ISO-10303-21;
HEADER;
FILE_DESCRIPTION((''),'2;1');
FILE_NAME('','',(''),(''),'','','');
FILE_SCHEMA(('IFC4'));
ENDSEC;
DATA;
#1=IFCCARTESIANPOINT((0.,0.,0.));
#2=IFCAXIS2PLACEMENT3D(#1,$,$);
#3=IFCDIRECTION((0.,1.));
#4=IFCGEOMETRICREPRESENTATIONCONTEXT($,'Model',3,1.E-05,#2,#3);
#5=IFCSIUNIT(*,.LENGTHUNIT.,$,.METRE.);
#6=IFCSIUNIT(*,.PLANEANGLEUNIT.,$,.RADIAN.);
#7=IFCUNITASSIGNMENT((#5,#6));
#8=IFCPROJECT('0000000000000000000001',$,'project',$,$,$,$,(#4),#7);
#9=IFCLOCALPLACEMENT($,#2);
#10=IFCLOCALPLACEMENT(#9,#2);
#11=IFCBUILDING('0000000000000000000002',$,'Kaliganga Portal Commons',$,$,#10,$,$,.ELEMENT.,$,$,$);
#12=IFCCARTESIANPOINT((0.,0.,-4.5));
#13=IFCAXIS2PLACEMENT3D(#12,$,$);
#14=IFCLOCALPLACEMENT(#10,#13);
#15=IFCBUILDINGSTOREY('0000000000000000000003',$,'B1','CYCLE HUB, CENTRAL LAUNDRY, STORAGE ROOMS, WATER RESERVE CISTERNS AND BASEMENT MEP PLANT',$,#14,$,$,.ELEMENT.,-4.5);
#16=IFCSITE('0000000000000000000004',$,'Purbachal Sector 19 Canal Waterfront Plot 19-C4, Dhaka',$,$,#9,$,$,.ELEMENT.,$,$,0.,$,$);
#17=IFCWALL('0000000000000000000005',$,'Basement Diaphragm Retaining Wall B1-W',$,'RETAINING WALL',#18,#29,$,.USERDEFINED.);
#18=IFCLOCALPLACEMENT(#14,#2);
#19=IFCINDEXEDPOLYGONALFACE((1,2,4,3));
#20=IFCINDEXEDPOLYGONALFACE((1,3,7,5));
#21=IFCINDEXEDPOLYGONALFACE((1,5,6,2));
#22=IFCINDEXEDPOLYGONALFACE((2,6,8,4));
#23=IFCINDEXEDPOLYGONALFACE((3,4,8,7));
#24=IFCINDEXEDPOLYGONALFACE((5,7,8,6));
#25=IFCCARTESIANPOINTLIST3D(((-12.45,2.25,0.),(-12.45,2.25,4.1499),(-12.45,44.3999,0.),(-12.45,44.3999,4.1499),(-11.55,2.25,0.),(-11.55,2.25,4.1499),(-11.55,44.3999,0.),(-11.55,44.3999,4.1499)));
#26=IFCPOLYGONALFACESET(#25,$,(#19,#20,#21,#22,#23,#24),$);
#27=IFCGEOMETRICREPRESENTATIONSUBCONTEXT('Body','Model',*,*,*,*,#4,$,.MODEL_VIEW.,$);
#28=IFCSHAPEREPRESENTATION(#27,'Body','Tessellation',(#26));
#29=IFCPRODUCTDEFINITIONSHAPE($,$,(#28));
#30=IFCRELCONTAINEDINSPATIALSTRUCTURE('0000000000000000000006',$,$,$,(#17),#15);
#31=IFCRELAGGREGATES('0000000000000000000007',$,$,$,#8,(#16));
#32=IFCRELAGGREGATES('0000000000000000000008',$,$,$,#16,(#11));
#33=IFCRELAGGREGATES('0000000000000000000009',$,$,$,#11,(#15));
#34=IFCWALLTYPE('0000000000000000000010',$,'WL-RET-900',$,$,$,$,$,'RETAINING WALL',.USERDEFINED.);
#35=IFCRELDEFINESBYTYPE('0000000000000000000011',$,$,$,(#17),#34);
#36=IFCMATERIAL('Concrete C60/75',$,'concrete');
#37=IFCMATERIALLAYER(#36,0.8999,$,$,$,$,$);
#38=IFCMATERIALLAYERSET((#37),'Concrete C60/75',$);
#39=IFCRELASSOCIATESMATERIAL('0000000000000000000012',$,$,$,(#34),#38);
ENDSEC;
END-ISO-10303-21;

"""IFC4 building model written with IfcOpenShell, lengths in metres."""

from ifc_helpers import new_model, si_unit, direction, frame, frame_2d, origin, place, context, subcontext, project, spatial, rectangle, extrude, material, layer, layer_set, type_object, element, save


model = new_model("IFC4")

# Units and contexts
model_context = context("Model", 3, precision=1e-05, world=origin(), true_north=direction((0.0, 1.0)))
body_context = subcontext(model_context, "Body", "Model", "MODEL_VIEW")
ifc_project = project(units=[si_unit("LENGTHUNIT", "METRE"), si_unit("PLANEANGLEUNIT", "RADIAN")], contexts=[model_context])

# Site, building, storey
site_placement = place(None, origin())
site = spatial("IfcSite", under=ifc_project, at=site_placement, Name="Purbachal Sector 19 Canal Waterfront Plot 19-C4, Dhaka", CompositionType="ELEMENT", RefElevation=0.0)
building_placement = place(site_placement, origin())
building = spatial("IfcBuilding", under=site, at=building_placement, Name="Kaliganga Portal Commons", CompositionType="ELEMENT")
storey_placement = place(building_placement, frame((0.0, 0.0, -4.5)))
storey = spatial("IfcBuildingStorey", under=building, at=storey_placement, Name="B1", Description="CYCLE HUB, CENTRAL LAUNDRY, STORAGE ROOMS, WATER RESERVE CISTERNS AND BASEMENT MEP PLANT", CompositionType="ELEMENT", Elevation=-4.5)

# Wall
ifc_material_1 = material(Name="Concrete C60/75", Category="concrete")
ifc_layer_1 = layer(ifc_material_1, 0.8999)
ifc_layer_set_1 = layer_set([ifc_layer_1], Name="Concrete C60/75")
wall_type_1 = type_object("IfcWallType", Name="WL-RET-900", ElementType="RETAINING WALL", PredefinedType="USERDEFINED", material=ifc_layer_set_1)
wall_1_placement = place(storey_placement, frame((-12.0, 2.25, 0.0), z_axis=(0.0, 0.0, 1.0), x_axis=(0.0, 1.0, 0.0)))
element("IfcWall", 1, at=wall_1_placement, inside=storey, type_object=wall_type_1, Name="Basement Diaphragm Retaining Wall B1-W", ObjectType="RETAINING WALL", PredefinedType="USERDEFINED", context=body_context, shape_type="SweptSolid", body=[
    extrude(rectangle(XDim=42.1499, YDim=0.8999, at=frame_2d((21.075, 0.0))), origin(), (0.0, 0.0, 1.0), 4.1499),
])

save(model, "model.ifc")
